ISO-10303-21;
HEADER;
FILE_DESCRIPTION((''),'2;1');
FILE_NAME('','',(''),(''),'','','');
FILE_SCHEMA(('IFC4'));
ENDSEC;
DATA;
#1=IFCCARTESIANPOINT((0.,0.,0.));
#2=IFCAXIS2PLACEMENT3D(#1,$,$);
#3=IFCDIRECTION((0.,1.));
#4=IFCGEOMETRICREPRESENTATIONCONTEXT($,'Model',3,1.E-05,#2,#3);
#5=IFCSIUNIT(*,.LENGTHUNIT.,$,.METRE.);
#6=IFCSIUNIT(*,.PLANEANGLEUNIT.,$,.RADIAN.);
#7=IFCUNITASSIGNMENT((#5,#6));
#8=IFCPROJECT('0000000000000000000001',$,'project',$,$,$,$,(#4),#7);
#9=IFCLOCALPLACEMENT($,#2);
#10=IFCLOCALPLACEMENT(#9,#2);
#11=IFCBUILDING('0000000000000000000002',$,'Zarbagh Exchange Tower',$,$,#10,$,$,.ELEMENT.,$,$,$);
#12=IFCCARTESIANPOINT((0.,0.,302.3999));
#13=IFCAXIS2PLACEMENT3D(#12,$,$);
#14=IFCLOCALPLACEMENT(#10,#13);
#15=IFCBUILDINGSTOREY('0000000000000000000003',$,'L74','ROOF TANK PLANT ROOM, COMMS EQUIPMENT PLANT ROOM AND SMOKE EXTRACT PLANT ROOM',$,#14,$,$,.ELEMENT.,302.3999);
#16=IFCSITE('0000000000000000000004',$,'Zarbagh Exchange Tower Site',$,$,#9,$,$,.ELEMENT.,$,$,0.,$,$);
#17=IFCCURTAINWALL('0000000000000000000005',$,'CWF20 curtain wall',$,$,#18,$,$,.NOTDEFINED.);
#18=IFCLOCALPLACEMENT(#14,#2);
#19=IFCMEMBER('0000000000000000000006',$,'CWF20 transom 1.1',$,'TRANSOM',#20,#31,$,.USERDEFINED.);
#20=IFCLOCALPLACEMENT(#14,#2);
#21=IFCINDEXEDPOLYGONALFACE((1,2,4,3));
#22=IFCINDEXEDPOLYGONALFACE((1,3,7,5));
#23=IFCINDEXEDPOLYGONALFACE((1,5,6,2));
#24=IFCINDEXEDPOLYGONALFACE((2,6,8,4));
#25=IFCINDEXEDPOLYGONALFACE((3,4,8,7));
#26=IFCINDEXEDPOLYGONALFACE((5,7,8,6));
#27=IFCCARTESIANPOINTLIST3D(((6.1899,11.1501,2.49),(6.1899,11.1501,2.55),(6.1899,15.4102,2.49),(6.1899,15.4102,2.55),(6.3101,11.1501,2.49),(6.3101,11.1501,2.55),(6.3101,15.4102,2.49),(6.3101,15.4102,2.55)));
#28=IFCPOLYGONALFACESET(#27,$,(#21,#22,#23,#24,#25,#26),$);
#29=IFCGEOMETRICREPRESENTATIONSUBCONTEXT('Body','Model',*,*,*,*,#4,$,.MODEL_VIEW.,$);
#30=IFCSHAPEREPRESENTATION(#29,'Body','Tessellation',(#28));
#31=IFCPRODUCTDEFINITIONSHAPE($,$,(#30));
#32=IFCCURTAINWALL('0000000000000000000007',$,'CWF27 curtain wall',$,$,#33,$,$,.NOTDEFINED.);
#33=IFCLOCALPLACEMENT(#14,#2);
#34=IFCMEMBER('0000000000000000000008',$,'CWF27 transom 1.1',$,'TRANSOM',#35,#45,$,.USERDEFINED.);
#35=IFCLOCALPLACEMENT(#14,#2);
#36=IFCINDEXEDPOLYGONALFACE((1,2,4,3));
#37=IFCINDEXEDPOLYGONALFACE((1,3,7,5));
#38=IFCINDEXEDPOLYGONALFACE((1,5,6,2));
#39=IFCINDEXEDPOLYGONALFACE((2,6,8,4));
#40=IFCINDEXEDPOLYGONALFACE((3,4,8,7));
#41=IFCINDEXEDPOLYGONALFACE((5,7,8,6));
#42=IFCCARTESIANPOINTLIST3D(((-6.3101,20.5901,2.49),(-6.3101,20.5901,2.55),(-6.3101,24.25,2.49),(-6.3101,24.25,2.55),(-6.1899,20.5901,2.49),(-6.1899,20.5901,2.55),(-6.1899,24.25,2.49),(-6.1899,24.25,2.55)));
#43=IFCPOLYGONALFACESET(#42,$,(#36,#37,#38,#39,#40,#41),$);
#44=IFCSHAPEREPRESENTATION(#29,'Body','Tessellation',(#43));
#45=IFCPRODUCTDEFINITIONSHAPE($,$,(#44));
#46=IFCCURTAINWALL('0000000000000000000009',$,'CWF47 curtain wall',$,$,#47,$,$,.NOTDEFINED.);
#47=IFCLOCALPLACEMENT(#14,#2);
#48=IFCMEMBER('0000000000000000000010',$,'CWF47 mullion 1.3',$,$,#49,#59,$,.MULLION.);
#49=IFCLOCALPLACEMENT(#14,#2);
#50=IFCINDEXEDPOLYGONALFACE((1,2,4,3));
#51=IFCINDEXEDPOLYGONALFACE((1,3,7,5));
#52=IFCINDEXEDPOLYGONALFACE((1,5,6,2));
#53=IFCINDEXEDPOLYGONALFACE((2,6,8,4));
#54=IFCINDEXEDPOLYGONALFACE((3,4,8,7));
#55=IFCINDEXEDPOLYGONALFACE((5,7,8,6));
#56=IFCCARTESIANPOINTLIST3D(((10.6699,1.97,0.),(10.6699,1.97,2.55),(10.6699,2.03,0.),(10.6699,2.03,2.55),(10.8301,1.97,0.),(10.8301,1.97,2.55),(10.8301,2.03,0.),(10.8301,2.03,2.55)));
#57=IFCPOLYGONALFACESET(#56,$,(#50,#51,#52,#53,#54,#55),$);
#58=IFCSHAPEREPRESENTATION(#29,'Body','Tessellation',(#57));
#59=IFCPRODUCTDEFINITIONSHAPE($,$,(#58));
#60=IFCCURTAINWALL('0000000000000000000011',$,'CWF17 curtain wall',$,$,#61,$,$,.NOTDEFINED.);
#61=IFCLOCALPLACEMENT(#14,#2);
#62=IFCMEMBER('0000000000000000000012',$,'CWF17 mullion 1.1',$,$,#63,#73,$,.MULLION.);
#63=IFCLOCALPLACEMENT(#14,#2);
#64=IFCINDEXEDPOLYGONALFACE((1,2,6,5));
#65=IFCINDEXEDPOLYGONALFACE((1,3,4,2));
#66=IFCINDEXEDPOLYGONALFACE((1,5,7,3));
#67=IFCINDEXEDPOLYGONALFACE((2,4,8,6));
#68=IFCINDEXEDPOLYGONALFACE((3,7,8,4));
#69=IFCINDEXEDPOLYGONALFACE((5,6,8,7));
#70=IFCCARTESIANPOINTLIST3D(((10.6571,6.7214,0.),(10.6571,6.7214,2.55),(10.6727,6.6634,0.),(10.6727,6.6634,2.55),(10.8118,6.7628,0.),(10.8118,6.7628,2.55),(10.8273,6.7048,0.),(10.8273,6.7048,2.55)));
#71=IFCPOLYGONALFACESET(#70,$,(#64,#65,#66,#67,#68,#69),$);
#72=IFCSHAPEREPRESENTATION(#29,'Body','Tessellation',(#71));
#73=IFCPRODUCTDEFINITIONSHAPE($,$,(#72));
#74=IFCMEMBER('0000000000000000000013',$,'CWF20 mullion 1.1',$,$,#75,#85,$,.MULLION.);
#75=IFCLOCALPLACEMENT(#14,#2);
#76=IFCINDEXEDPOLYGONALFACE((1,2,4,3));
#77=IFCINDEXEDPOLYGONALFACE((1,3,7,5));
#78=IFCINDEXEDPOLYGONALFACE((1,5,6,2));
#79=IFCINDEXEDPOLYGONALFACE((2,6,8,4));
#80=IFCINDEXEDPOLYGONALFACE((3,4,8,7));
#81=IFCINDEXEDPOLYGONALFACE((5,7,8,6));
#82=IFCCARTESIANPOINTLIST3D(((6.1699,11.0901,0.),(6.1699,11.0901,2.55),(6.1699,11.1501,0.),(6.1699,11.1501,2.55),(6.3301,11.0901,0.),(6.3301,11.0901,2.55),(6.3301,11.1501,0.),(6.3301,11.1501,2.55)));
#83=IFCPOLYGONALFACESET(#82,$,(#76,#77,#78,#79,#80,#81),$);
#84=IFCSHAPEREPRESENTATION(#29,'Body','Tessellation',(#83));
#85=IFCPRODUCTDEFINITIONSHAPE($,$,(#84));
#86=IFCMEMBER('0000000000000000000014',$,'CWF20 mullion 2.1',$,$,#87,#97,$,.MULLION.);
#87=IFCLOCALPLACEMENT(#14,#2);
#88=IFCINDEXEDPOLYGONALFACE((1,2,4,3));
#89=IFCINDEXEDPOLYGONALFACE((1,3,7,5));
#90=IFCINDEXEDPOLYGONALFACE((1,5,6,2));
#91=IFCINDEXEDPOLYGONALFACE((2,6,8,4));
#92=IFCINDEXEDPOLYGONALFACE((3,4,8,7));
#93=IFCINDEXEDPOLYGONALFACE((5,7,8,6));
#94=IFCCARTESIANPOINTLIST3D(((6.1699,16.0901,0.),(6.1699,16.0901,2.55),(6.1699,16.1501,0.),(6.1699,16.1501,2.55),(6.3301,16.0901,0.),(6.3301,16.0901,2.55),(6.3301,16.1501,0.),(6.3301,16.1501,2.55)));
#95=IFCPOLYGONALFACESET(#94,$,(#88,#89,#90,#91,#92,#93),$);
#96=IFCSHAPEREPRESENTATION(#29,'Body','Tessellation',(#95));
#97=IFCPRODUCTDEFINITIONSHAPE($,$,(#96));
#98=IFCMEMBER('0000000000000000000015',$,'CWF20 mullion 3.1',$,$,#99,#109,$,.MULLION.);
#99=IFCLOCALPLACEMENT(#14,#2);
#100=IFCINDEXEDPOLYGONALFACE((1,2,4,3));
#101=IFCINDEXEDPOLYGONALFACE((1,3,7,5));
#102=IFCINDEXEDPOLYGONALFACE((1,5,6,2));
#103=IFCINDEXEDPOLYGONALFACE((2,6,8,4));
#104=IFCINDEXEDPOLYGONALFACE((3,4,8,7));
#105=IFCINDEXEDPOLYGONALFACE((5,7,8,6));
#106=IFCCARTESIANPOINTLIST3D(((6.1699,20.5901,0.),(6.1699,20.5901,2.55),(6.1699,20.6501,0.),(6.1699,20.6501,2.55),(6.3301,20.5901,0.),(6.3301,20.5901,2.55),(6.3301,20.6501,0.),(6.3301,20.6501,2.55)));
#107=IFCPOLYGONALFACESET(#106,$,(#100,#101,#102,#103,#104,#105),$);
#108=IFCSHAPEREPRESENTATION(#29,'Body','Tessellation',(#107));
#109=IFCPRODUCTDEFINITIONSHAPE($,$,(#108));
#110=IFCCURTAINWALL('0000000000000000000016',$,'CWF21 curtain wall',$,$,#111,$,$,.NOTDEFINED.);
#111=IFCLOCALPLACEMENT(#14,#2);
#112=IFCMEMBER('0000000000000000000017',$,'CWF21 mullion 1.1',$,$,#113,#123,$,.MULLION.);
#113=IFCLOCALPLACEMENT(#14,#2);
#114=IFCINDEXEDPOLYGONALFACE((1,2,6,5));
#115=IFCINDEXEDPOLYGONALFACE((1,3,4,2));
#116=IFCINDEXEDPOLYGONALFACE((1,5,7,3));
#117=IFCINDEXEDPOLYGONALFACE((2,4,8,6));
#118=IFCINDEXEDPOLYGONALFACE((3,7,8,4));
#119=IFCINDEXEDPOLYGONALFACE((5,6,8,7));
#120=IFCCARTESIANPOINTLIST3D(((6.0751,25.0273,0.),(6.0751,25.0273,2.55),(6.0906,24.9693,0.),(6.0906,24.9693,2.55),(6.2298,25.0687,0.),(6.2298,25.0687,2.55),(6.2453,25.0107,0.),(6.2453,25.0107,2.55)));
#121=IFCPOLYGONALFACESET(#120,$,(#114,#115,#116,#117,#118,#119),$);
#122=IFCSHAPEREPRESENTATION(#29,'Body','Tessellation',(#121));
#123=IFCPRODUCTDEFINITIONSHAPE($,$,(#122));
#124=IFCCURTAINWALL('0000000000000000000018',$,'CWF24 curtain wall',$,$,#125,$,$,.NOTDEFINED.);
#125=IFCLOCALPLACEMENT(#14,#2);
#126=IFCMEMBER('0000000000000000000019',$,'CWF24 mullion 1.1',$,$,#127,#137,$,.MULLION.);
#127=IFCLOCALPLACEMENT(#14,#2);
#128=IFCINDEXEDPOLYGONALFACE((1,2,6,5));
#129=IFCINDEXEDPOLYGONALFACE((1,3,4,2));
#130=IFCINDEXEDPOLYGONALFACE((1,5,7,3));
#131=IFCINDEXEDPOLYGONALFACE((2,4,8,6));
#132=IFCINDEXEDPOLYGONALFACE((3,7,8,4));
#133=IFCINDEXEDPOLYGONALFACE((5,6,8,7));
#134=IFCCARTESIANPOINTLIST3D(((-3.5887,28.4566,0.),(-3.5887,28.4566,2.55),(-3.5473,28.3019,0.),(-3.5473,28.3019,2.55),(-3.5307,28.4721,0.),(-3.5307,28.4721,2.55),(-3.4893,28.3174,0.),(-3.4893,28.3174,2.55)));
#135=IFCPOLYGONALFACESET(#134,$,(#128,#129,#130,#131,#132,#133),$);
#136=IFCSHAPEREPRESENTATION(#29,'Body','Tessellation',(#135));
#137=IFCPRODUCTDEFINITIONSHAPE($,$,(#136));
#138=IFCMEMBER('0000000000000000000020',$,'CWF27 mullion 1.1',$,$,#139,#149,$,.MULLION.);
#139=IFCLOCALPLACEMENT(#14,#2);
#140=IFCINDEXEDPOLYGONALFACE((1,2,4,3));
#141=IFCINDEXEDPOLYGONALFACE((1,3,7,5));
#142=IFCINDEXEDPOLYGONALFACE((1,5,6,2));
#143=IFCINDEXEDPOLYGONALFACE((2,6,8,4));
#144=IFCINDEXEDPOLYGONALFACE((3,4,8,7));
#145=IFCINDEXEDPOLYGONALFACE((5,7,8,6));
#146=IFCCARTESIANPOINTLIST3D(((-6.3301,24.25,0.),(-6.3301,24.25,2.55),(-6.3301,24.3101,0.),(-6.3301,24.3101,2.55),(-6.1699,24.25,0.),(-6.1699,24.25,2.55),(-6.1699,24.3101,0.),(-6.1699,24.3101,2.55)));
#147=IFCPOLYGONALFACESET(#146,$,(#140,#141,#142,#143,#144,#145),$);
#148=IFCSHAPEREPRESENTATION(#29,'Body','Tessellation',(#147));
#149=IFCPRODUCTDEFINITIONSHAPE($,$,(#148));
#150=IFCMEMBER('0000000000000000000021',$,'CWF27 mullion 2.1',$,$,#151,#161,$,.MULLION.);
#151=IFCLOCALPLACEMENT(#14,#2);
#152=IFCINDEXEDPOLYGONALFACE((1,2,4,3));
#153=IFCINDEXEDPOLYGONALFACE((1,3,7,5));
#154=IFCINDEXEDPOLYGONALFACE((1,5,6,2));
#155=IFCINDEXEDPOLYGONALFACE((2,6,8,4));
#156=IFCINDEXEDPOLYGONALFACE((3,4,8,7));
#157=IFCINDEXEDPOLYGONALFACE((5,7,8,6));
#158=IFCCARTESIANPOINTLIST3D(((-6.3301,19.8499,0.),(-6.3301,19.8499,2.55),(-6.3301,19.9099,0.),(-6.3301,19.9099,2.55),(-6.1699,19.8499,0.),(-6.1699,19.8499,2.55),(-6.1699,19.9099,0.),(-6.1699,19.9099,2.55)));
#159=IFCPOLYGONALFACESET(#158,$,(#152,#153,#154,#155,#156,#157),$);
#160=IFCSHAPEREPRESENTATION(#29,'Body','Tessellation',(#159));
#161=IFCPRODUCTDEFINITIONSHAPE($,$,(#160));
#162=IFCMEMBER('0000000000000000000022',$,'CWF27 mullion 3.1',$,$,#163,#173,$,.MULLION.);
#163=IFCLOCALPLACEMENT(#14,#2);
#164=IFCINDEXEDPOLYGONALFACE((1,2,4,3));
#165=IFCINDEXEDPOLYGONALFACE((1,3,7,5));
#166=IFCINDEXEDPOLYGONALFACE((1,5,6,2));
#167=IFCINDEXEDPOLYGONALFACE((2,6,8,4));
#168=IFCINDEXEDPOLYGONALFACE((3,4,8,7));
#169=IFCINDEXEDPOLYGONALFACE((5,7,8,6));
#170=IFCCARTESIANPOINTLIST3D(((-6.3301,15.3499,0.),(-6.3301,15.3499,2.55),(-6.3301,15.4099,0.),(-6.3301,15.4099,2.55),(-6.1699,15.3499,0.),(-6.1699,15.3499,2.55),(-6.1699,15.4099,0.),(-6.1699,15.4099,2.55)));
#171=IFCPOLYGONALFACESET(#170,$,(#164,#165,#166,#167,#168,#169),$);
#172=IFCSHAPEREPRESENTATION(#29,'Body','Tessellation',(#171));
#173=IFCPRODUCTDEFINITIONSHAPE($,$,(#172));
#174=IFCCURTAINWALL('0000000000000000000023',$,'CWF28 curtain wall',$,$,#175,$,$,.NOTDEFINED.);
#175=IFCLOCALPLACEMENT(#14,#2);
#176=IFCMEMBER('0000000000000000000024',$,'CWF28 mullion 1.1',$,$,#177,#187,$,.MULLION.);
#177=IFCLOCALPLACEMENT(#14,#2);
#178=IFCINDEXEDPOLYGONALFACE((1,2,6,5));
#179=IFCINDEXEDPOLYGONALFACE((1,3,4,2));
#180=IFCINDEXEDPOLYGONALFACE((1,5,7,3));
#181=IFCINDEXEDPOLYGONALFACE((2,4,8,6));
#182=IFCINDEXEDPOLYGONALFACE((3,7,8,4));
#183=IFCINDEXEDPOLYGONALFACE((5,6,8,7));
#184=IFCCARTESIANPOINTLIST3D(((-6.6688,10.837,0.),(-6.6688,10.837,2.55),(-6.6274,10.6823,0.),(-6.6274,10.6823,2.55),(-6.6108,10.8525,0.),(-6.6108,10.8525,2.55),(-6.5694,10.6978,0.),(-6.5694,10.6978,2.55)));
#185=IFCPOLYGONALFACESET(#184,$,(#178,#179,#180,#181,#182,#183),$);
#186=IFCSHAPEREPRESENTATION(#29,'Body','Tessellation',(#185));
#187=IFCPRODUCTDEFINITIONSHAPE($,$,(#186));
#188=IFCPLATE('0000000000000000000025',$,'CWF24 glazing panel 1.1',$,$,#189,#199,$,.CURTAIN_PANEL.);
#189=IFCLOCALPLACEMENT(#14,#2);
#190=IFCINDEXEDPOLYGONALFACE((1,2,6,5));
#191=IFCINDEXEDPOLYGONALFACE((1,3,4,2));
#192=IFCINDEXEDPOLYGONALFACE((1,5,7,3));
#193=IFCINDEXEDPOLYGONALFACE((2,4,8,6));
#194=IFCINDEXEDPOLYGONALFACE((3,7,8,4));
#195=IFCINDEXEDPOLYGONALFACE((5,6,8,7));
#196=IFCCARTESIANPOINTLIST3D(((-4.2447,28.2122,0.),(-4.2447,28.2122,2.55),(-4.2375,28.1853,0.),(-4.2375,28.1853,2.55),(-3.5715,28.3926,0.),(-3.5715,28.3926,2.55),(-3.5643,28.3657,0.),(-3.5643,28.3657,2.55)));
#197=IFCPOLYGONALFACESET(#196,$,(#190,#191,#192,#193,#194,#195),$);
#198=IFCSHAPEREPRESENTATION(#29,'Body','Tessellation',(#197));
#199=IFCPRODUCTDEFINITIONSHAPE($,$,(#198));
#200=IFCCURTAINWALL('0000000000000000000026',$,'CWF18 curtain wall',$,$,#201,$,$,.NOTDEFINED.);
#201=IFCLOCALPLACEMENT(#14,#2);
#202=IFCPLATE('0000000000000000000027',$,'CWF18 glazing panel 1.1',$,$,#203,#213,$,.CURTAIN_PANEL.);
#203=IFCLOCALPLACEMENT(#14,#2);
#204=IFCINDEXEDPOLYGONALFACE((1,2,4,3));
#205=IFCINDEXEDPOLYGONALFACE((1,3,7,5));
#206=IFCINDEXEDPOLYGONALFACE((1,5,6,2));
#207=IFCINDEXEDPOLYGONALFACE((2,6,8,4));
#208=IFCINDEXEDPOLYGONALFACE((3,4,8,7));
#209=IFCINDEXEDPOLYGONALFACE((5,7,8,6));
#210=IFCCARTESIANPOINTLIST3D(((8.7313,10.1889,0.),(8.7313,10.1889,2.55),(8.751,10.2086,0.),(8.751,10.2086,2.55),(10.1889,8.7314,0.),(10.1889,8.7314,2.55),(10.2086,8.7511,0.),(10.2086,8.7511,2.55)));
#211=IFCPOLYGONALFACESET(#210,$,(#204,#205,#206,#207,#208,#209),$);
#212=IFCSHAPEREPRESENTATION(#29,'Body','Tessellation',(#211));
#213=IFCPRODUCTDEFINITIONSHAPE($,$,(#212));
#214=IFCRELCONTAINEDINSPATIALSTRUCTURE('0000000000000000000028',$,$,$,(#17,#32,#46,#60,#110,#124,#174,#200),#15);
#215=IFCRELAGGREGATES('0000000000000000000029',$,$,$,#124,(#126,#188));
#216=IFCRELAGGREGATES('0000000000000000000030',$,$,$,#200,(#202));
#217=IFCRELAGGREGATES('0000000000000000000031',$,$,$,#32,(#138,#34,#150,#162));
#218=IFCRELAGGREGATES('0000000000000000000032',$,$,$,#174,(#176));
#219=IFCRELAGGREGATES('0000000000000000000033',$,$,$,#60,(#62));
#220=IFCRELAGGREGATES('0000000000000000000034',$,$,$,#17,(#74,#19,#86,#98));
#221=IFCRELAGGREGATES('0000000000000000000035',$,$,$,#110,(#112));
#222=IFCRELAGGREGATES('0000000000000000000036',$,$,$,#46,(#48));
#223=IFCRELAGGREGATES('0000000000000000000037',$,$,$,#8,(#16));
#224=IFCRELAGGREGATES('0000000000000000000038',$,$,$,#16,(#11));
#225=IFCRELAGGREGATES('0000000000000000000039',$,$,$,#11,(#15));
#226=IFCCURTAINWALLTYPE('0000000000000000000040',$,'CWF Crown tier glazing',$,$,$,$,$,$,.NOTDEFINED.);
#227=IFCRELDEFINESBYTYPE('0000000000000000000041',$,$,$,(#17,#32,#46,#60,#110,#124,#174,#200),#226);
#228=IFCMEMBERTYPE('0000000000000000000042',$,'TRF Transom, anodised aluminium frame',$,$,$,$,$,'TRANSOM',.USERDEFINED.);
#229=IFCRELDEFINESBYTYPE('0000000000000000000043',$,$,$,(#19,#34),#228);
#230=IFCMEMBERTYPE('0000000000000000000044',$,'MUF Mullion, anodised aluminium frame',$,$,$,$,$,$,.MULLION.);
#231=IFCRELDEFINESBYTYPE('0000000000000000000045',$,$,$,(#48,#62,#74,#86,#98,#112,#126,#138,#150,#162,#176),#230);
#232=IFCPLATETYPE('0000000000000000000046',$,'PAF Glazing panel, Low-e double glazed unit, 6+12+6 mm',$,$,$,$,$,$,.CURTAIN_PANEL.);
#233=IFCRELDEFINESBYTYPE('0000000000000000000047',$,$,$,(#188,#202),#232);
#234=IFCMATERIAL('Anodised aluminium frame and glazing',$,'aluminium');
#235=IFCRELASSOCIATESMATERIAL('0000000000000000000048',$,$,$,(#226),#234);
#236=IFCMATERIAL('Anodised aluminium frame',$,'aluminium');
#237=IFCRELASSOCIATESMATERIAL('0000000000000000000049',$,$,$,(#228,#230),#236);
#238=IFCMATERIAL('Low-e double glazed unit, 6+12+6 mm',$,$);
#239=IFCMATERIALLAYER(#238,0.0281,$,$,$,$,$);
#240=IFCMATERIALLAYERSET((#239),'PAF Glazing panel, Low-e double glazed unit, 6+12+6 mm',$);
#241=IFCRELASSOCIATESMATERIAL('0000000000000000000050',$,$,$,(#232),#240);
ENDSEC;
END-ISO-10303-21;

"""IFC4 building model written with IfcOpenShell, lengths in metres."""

from ifc_helpers import new_model, si_unit, direction, frame, origin, place, context, subcontext, project, spatial, polyline, outline, extrude, source, transform, mapped, material, layer, layer_set, type_object, element, aggregate, save


model = new_model("IFC4")

# Units and contexts
model_context = context("Model", 3, precision=1e-05, world=origin(), true_north=direction((0.0, 1.0)))
body_context = subcontext(model_context, "Body", "Model", "MODEL_VIEW")
ifc_project = project(units=[si_unit("LENGTHUNIT", "METRE"), si_unit("PLANEANGLEUNIT", "RADIAN")], contexts=[model_context])

# Site, building, storey
site_placement = place(None, origin())
site = spatial("IfcSite", under=ifc_project, at=site_placement, Name="Zarbagh Exchange Tower Site", CompositionType="ELEMENT", RefElevation=0.0)
building_placement = place(site_placement, origin())
building = spatial("IfcBuilding", under=site, at=building_placement, Name="Zarbagh Exchange Tower", CompositionType="ELEMENT")
storey_placement = place(building_placement, frame((0.0, 0.0, 302.3999)))
storey = spatial("IfcBuildingStorey", under=building, at=storey_placement, Name="L74", Description="ROOF TANK PLANT ROOM, COMMS EQUIPMENT PLANT ROOM AND SMOKE EXTRACT PLANT ROOM", CompositionType="ELEMENT", Elevation=302.3999)

# Curtain walls, members
ifc_material_1 = material(Name="Anodised aluminium frame and glazing", Category="aluminium")
curtain_wall_type = type_object("IfcCurtainWallType", Name="CWF Crown tier glazing", PredefinedType="NOTDEFINED", material=ifc_material_1)
curtain_wall_1_placement = place(storey_placement, origin())
curtain_wall_1 = element("IfcCurtainWall", 1, at=curtain_wall_1_placement, inside=storey, type_object=curtain_wall_type, Name="CWF20 curtain wall", PredefinedType="NOTDEFINED")
ifc_material_2 = material(Name="Anodised aluminium frame", Category="aluminium")
member_type_1 = type_object("IfcMemberType", Name="TRF Transom, anodised aluminium frame", ElementType="TRANSOM", PredefinedType="USERDEFINED", material=ifc_material_2)
shared_shape_1 = source(origin(), body_context, "Body", "SweptSolid", [
    extrude(outline(polyline([(-0.0601, -0.0601), (0.0, -0.0601), (0.0, 0.0601), (-0.0601, 0.0601), (-0.0601, -0.0601)])), origin(), (0.0, 0.0, 1.0), 4.26),
])
placement = place(storey_placement, origin())
member_1 = element("IfcMember", 2, at=placement, type_object=member_type_1, Name="CWF20 transom 1.1", ObjectType="TRANSOM", PredefinedType="USERDEFINED", context=body_context, shape_type="MappedRepresentation", body=[
    mapped(shared_shape_1, transform((6.25, 11.1501, 2.55), x_axis=(0.0, 0.0, 1.0), y_axis=(1.0, 0.0, 0.0), z_axis=(0.0, 1.0, 0.0))),
])
curtain_wall_2_placement = place(storey_placement, origin())
curtain_wall_2 = element("IfcCurtainWall", 3, at=curtain_wall_2_placement, inside=storey, type_object=curtain_wall_type, Name="CWF27 curtain wall", PredefinedType="NOTDEFINED")
shared_shape_2 = source(origin(), body_context, "Body", "SweptSolid", [
    extrude(outline(polyline([(-0.0601, -0.0601), (0.0, -0.0601), (0.0, 0.0601), (-0.0601, 0.0601), (-0.0601, -0.0601)])), origin(), (0.0, 0.0, 1.0), 3.6599),
])
member_2 = element("IfcMember", 4, at=placement, type_object=member_type_1, Name="CWF27 transom 1.1", ObjectType="TRANSOM", PredefinedType="USERDEFINED", context=body_context, shape_type="MappedRepresentation", body=[
    mapped(shared_shape_2, transform((-6.25, 24.25, 2.55), x_axis=(0.0, 0.0, 1.0), y_axis=(-1.0, 0.0, 0.0), z_axis=(0.0, -1.0, 0.0))),
])
curtain_wall_3_placement = place(storey_placement, origin())
curtain_wall_3 = element("IfcCurtainWall", 5, at=curtain_wall_3_placement, inside=storey, type_object=curtain_wall_type, Name="CWF47 curtain wall", PredefinedType="NOTDEFINED")
member_type_2 = type_object("IfcMemberType", Name="MUF Mullion, anodised aluminium frame", PredefinedType="MULLION", material=ifc_material_2)
shared_shape_3 = source(origin(), body_context, "Body", "SweptSolid", [
    extrude(outline(polyline([(0.0, -0.0801), (0.0601, -0.0801), (0.0601, 0.0801), (0.0, 0.0801), (0.0, -0.0801)])), origin(), (0.0, 0.0, 1.0), 2.55),
])
member_3 = element("IfcMember", 6, at=placement, type_object=member_type_2, Name="CWF47 mullion 1.3", PredefinedType="MULLION", context=body_context, shape_type="MappedRepresentation", body=[
    mapped(shared_shape_3, transform((10.75, 1.97, 0.0), x_axis=(0.0, 1.0, 0.0), y_axis=(-1.0, 0.0, 0.0), z_axis=(0.0, 0.0, 1.0))),
])
curtain_wall_4_placement = place(storey_placement, origin())
curtain_wall_4 = element("IfcCurtainWall", 7, at=curtain_wall_4_placement, inside=storey, type_object=curtain_wall_type, Name="CWF17 curtain wall", PredefinedType="NOTDEFINED")
member_4 = element("IfcMember", 8, at=placement, type_object=member_type_2, Name="CWF17 mullion 1.1", PredefinedType="MULLION", context=body_context, shape_type="MappedRepresentation", body=[
    mapped(shared_shape_3, transform((10.75, 6.6841, 0.0), x_axis=(-0.258825, 0.965924, 0.0), y_axis=(-0.965924, -0.258825, 0.0), z_axis=(0.0, 0.0, 1.0))),
])

# Members
member_5 = element("IfcMember", 9, at=placement, type_object=member_type_2, Name="CWF20 mullion 1.1", PredefinedType="MULLION", context=body_context, shape_type="MappedRepresentation", body=[
    mapped(shared_shape_3, transform((6.25, 11.0901, 0.0), x_axis=(0.0, 1.0, 0.0), y_axis=(-1.0, 0.0, 0.0), z_axis=(0.0, 0.0, 1.0))),
])
member_6 = element("IfcMember", 10, at=placement, type_object=member_type_2, Name="CWF20 mullion 2.1", PredefinedType="MULLION", context=body_context, shape_type="MappedRepresentation", body=[
    mapped(shared_shape_3, transform((6.25, 16.0901, 0.0), x_axis=(0.0, 1.0, 0.0), y_axis=(-1.0, 0.0, 0.0), z_axis=(0.0, 0.0, 1.0))),
])
member_7 = element("IfcMember", 11, at=placement, type_object=member_type_2, Name="CWF20 mullion 3.1", PredefinedType="MULLION", context=body_context, shape_type="MappedRepresentation", body=[
    mapped(shared_shape_3, transform((6.25, 20.5901, 0.0), x_axis=(0.0, 1.0, 0.0), y_axis=(-1.0, 0.0, 0.0), z_axis=(0.0, 0.0, 1.0))),
])

# Curtain walls, members
curtain_wall_5_placement = place(storey_placement, origin())
curtain_wall_5 = element("IfcCurtainWall", 12, at=curtain_wall_5_placement, inside=storey, type_object=curtain_wall_type, Name="CWF21 curtain wall", PredefinedType="NOTDEFINED")
member_8 = element("IfcMember", 13, at=placement, type_object=member_type_2, Name="CWF21 mullion 1.1", PredefinedType="MULLION", context=body_context, shape_type="MappedRepresentation", body=[
    mapped(shared_shape_3, transform((6.168, 24.99, 0.0), x_axis=(-0.258825, 0.965924, 0.0), y_axis=(-0.965924, -0.258825, 0.0), z_axis=(0.0, 0.0, 1.0))),
])
curtain_wall_6_placement = place(storey_placement, origin())
curtain_wall_6 = element("IfcCurtainWall", 14, at=curtain_wall_6_placement, inside=storey, type_object=curtain_wall_type, Name="CWF24 curtain wall", PredefinedType="NOTDEFINED")
member_9 = element("IfcMember", 15, at=placement, type_object=member_type_2, Name="CWF24 mullion 1.1", PredefinedType="MULLION", context=body_context, shape_type="MappedRepresentation", body=[
    mapped(shared_shape_3, transform((-3.51, 28.3948, 0.0), x_axis=(-0.965924, -0.258825, 0.0), y_axis=(0.258825, -0.965924, 0.0), z_axis=(0.0, 0.0, 1.0))),
])

# Members
member_10 = element("IfcMember", 16, at=placement, type_object=member_type_2, Name="CWF27 mullion 1.1", PredefinedType="MULLION", context=body_context, shape_type="MappedRepresentation", body=[
    mapped(shared_shape_3, transform((-6.25, 24.3101, 0.0), x_axis=(0.0, -1.0, 0.0), y_axis=(1.0, 0.0, 0.0), z_axis=(0.0, 0.0, 1.0))),
])
member_11 = element("IfcMember", 17, at=placement, type_object=member_type_2, Name="CWF27 mullion 2.1", PredefinedType="MULLION", context=body_context, shape_type="MappedRepresentation", body=[
    mapped(shared_shape_3, transform((-6.25, 19.9099, 0.0), x_axis=(0.0, -1.0, 0.0), y_axis=(1.0, 0.0, 0.0), z_axis=(0.0, 0.0, 1.0))),
])
member_12 = element("IfcMember", 18, at=placement, type_object=member_type_2, Name="CWF27 mullion 3.1", PredefinedType="MULLION", context=body_context, shape_type="MappedRepresentation", body=[
    mapped(shared_shape_3, transform((-6.25, 15.4099, 0.0), x_axis=(0.0, -1.0, 0.0), y_axis=(1.0, 0.0, 0.0), z_axis=(0.0, 0.0, 1.0))),
])

# Curtain wall, member
curtain_wall_7_placement = place(storey_placement, origin())
curtain_wall_7 = element("IfcCurtainWall", 19, at=curtain_wall_7_placement, inside=storey, type_object=curtain_wall_type, Name="CWF28 curtain wall", PredefinedType="NOTDEFINED")
member_13 = element("IfcMember", 20, at=placement, type_object=member_type_2, Name="CWF28 mullion 1.1", PredefinedType="MULLION", context=body_context, shape_type="MappedRepresentation", body=[
    mapped(shared_shape_3, transform((-6.5901, 10.7751, 0.0), x_axis=(-0.965924, -0.258825, 0.0), y_axis=(0.258825, -0.965924, 0.0), z_axis=(0.0, 0.0, 1.0))),
])

# Plate
ifc_material_3 = material(Name="Low-e double glazed unit, 6+12+6 mm")
ifc_layer = layer(ifc_material_3, 0.0281)
ifc_layer_set = layer_set([ifc_layer], Name="PAF Glazing panel, Low-e double glazed unit, 6+12+6 mm")
plate_type = type_object("IfcPlateType", Name="PAF Glazing panel, Low-e double glazed unit, 6+12+6 mm", PredefinedType="CURTAIN_PANEL", material=ifc_layer_set)
shared_shape_4 = source(origin(), body_context, "Body", "SweptSolid", [
    extrude(outline(polyline([(0.0, -0.0139), (0.697, -0.0139), (0.697, 0.0139), (0.0, 0.0139), (0.0, -0.0139)])), origin(), (0.0, 0.0, 1.0), 2.55),
])
plate_1 = element("IfcPlate", 21, at=placement, type_object=plate_type, Name="CWF24 glazing panel 1.1", PredefinedType="CURTAIN_PANEL", context=body_context, shape_type="MappedRepresentation", body=[
    mapped(shared_shape_4, transform((-3.5679, 28.3792, 0.0), x_axis=(-0.965924, -0.258825, 0.0), y_axis=(0.258825, -0.965924, 0.0), z_axis=(0.0, 0.0, 1.0))),
])
aggregate(curtain_wall_6, [member_9, plate_1])

# Curtain wall, plate
curtain_wall_8_placement = place(storey_placement, origin())
curtain_wall_8 = element("IfcCurtainWall", 22, at=curtain_wall_8_placement, inside=storey, type_object=curtain_wall_type, Name="CWF18 curtain wall", PredefinedType="NOTDEFINED")
shared_shape_5 = source(origin(), body_context, "Body", "SweptSolid", [
    extrude(outline(polyline([(0.0, -0.0139), (2.0613, -0.0139), (2.0613, 0.0139), (0.0, 0.0139), (0.0, -0.0139)])), origin(), (0.0, 0.0, 1.0), 2.55),
])
plate_2 = element("IfcPlate", 23, at=placement, type_object=plate_type, Name="CWF18 glazing panel 1.1", PredefinedType="CURTAIN_PANEL", context=body_context, shape_type="MappedRepresentation", body=[
    mapped(shared_shape_5, transform((10.1987, 8.7412, 0.0), x_axis=(-0.707107, 0.707107, 0.0), y_axis=(-0.707107, -0.707107, 0.0), z_axis=(0.0, 0.0, 1.0))),
])
aggregate(curtain_wall_8, [plate_2])

aggregate(curtain_wall_2, [member_10, member_2, member_11, member_12])
aggregate(curtain_wall_7, [member_13])

aggregate(curtain_wall_4, [member_4])
aggregate(curtain_wall_1, [member_5, member_1, member_6, member_7])
aggregate(curtain_wall_5, [member_8])

aggregate(curtain_wall_3, [member_3])

save(model, "model.ifc")
